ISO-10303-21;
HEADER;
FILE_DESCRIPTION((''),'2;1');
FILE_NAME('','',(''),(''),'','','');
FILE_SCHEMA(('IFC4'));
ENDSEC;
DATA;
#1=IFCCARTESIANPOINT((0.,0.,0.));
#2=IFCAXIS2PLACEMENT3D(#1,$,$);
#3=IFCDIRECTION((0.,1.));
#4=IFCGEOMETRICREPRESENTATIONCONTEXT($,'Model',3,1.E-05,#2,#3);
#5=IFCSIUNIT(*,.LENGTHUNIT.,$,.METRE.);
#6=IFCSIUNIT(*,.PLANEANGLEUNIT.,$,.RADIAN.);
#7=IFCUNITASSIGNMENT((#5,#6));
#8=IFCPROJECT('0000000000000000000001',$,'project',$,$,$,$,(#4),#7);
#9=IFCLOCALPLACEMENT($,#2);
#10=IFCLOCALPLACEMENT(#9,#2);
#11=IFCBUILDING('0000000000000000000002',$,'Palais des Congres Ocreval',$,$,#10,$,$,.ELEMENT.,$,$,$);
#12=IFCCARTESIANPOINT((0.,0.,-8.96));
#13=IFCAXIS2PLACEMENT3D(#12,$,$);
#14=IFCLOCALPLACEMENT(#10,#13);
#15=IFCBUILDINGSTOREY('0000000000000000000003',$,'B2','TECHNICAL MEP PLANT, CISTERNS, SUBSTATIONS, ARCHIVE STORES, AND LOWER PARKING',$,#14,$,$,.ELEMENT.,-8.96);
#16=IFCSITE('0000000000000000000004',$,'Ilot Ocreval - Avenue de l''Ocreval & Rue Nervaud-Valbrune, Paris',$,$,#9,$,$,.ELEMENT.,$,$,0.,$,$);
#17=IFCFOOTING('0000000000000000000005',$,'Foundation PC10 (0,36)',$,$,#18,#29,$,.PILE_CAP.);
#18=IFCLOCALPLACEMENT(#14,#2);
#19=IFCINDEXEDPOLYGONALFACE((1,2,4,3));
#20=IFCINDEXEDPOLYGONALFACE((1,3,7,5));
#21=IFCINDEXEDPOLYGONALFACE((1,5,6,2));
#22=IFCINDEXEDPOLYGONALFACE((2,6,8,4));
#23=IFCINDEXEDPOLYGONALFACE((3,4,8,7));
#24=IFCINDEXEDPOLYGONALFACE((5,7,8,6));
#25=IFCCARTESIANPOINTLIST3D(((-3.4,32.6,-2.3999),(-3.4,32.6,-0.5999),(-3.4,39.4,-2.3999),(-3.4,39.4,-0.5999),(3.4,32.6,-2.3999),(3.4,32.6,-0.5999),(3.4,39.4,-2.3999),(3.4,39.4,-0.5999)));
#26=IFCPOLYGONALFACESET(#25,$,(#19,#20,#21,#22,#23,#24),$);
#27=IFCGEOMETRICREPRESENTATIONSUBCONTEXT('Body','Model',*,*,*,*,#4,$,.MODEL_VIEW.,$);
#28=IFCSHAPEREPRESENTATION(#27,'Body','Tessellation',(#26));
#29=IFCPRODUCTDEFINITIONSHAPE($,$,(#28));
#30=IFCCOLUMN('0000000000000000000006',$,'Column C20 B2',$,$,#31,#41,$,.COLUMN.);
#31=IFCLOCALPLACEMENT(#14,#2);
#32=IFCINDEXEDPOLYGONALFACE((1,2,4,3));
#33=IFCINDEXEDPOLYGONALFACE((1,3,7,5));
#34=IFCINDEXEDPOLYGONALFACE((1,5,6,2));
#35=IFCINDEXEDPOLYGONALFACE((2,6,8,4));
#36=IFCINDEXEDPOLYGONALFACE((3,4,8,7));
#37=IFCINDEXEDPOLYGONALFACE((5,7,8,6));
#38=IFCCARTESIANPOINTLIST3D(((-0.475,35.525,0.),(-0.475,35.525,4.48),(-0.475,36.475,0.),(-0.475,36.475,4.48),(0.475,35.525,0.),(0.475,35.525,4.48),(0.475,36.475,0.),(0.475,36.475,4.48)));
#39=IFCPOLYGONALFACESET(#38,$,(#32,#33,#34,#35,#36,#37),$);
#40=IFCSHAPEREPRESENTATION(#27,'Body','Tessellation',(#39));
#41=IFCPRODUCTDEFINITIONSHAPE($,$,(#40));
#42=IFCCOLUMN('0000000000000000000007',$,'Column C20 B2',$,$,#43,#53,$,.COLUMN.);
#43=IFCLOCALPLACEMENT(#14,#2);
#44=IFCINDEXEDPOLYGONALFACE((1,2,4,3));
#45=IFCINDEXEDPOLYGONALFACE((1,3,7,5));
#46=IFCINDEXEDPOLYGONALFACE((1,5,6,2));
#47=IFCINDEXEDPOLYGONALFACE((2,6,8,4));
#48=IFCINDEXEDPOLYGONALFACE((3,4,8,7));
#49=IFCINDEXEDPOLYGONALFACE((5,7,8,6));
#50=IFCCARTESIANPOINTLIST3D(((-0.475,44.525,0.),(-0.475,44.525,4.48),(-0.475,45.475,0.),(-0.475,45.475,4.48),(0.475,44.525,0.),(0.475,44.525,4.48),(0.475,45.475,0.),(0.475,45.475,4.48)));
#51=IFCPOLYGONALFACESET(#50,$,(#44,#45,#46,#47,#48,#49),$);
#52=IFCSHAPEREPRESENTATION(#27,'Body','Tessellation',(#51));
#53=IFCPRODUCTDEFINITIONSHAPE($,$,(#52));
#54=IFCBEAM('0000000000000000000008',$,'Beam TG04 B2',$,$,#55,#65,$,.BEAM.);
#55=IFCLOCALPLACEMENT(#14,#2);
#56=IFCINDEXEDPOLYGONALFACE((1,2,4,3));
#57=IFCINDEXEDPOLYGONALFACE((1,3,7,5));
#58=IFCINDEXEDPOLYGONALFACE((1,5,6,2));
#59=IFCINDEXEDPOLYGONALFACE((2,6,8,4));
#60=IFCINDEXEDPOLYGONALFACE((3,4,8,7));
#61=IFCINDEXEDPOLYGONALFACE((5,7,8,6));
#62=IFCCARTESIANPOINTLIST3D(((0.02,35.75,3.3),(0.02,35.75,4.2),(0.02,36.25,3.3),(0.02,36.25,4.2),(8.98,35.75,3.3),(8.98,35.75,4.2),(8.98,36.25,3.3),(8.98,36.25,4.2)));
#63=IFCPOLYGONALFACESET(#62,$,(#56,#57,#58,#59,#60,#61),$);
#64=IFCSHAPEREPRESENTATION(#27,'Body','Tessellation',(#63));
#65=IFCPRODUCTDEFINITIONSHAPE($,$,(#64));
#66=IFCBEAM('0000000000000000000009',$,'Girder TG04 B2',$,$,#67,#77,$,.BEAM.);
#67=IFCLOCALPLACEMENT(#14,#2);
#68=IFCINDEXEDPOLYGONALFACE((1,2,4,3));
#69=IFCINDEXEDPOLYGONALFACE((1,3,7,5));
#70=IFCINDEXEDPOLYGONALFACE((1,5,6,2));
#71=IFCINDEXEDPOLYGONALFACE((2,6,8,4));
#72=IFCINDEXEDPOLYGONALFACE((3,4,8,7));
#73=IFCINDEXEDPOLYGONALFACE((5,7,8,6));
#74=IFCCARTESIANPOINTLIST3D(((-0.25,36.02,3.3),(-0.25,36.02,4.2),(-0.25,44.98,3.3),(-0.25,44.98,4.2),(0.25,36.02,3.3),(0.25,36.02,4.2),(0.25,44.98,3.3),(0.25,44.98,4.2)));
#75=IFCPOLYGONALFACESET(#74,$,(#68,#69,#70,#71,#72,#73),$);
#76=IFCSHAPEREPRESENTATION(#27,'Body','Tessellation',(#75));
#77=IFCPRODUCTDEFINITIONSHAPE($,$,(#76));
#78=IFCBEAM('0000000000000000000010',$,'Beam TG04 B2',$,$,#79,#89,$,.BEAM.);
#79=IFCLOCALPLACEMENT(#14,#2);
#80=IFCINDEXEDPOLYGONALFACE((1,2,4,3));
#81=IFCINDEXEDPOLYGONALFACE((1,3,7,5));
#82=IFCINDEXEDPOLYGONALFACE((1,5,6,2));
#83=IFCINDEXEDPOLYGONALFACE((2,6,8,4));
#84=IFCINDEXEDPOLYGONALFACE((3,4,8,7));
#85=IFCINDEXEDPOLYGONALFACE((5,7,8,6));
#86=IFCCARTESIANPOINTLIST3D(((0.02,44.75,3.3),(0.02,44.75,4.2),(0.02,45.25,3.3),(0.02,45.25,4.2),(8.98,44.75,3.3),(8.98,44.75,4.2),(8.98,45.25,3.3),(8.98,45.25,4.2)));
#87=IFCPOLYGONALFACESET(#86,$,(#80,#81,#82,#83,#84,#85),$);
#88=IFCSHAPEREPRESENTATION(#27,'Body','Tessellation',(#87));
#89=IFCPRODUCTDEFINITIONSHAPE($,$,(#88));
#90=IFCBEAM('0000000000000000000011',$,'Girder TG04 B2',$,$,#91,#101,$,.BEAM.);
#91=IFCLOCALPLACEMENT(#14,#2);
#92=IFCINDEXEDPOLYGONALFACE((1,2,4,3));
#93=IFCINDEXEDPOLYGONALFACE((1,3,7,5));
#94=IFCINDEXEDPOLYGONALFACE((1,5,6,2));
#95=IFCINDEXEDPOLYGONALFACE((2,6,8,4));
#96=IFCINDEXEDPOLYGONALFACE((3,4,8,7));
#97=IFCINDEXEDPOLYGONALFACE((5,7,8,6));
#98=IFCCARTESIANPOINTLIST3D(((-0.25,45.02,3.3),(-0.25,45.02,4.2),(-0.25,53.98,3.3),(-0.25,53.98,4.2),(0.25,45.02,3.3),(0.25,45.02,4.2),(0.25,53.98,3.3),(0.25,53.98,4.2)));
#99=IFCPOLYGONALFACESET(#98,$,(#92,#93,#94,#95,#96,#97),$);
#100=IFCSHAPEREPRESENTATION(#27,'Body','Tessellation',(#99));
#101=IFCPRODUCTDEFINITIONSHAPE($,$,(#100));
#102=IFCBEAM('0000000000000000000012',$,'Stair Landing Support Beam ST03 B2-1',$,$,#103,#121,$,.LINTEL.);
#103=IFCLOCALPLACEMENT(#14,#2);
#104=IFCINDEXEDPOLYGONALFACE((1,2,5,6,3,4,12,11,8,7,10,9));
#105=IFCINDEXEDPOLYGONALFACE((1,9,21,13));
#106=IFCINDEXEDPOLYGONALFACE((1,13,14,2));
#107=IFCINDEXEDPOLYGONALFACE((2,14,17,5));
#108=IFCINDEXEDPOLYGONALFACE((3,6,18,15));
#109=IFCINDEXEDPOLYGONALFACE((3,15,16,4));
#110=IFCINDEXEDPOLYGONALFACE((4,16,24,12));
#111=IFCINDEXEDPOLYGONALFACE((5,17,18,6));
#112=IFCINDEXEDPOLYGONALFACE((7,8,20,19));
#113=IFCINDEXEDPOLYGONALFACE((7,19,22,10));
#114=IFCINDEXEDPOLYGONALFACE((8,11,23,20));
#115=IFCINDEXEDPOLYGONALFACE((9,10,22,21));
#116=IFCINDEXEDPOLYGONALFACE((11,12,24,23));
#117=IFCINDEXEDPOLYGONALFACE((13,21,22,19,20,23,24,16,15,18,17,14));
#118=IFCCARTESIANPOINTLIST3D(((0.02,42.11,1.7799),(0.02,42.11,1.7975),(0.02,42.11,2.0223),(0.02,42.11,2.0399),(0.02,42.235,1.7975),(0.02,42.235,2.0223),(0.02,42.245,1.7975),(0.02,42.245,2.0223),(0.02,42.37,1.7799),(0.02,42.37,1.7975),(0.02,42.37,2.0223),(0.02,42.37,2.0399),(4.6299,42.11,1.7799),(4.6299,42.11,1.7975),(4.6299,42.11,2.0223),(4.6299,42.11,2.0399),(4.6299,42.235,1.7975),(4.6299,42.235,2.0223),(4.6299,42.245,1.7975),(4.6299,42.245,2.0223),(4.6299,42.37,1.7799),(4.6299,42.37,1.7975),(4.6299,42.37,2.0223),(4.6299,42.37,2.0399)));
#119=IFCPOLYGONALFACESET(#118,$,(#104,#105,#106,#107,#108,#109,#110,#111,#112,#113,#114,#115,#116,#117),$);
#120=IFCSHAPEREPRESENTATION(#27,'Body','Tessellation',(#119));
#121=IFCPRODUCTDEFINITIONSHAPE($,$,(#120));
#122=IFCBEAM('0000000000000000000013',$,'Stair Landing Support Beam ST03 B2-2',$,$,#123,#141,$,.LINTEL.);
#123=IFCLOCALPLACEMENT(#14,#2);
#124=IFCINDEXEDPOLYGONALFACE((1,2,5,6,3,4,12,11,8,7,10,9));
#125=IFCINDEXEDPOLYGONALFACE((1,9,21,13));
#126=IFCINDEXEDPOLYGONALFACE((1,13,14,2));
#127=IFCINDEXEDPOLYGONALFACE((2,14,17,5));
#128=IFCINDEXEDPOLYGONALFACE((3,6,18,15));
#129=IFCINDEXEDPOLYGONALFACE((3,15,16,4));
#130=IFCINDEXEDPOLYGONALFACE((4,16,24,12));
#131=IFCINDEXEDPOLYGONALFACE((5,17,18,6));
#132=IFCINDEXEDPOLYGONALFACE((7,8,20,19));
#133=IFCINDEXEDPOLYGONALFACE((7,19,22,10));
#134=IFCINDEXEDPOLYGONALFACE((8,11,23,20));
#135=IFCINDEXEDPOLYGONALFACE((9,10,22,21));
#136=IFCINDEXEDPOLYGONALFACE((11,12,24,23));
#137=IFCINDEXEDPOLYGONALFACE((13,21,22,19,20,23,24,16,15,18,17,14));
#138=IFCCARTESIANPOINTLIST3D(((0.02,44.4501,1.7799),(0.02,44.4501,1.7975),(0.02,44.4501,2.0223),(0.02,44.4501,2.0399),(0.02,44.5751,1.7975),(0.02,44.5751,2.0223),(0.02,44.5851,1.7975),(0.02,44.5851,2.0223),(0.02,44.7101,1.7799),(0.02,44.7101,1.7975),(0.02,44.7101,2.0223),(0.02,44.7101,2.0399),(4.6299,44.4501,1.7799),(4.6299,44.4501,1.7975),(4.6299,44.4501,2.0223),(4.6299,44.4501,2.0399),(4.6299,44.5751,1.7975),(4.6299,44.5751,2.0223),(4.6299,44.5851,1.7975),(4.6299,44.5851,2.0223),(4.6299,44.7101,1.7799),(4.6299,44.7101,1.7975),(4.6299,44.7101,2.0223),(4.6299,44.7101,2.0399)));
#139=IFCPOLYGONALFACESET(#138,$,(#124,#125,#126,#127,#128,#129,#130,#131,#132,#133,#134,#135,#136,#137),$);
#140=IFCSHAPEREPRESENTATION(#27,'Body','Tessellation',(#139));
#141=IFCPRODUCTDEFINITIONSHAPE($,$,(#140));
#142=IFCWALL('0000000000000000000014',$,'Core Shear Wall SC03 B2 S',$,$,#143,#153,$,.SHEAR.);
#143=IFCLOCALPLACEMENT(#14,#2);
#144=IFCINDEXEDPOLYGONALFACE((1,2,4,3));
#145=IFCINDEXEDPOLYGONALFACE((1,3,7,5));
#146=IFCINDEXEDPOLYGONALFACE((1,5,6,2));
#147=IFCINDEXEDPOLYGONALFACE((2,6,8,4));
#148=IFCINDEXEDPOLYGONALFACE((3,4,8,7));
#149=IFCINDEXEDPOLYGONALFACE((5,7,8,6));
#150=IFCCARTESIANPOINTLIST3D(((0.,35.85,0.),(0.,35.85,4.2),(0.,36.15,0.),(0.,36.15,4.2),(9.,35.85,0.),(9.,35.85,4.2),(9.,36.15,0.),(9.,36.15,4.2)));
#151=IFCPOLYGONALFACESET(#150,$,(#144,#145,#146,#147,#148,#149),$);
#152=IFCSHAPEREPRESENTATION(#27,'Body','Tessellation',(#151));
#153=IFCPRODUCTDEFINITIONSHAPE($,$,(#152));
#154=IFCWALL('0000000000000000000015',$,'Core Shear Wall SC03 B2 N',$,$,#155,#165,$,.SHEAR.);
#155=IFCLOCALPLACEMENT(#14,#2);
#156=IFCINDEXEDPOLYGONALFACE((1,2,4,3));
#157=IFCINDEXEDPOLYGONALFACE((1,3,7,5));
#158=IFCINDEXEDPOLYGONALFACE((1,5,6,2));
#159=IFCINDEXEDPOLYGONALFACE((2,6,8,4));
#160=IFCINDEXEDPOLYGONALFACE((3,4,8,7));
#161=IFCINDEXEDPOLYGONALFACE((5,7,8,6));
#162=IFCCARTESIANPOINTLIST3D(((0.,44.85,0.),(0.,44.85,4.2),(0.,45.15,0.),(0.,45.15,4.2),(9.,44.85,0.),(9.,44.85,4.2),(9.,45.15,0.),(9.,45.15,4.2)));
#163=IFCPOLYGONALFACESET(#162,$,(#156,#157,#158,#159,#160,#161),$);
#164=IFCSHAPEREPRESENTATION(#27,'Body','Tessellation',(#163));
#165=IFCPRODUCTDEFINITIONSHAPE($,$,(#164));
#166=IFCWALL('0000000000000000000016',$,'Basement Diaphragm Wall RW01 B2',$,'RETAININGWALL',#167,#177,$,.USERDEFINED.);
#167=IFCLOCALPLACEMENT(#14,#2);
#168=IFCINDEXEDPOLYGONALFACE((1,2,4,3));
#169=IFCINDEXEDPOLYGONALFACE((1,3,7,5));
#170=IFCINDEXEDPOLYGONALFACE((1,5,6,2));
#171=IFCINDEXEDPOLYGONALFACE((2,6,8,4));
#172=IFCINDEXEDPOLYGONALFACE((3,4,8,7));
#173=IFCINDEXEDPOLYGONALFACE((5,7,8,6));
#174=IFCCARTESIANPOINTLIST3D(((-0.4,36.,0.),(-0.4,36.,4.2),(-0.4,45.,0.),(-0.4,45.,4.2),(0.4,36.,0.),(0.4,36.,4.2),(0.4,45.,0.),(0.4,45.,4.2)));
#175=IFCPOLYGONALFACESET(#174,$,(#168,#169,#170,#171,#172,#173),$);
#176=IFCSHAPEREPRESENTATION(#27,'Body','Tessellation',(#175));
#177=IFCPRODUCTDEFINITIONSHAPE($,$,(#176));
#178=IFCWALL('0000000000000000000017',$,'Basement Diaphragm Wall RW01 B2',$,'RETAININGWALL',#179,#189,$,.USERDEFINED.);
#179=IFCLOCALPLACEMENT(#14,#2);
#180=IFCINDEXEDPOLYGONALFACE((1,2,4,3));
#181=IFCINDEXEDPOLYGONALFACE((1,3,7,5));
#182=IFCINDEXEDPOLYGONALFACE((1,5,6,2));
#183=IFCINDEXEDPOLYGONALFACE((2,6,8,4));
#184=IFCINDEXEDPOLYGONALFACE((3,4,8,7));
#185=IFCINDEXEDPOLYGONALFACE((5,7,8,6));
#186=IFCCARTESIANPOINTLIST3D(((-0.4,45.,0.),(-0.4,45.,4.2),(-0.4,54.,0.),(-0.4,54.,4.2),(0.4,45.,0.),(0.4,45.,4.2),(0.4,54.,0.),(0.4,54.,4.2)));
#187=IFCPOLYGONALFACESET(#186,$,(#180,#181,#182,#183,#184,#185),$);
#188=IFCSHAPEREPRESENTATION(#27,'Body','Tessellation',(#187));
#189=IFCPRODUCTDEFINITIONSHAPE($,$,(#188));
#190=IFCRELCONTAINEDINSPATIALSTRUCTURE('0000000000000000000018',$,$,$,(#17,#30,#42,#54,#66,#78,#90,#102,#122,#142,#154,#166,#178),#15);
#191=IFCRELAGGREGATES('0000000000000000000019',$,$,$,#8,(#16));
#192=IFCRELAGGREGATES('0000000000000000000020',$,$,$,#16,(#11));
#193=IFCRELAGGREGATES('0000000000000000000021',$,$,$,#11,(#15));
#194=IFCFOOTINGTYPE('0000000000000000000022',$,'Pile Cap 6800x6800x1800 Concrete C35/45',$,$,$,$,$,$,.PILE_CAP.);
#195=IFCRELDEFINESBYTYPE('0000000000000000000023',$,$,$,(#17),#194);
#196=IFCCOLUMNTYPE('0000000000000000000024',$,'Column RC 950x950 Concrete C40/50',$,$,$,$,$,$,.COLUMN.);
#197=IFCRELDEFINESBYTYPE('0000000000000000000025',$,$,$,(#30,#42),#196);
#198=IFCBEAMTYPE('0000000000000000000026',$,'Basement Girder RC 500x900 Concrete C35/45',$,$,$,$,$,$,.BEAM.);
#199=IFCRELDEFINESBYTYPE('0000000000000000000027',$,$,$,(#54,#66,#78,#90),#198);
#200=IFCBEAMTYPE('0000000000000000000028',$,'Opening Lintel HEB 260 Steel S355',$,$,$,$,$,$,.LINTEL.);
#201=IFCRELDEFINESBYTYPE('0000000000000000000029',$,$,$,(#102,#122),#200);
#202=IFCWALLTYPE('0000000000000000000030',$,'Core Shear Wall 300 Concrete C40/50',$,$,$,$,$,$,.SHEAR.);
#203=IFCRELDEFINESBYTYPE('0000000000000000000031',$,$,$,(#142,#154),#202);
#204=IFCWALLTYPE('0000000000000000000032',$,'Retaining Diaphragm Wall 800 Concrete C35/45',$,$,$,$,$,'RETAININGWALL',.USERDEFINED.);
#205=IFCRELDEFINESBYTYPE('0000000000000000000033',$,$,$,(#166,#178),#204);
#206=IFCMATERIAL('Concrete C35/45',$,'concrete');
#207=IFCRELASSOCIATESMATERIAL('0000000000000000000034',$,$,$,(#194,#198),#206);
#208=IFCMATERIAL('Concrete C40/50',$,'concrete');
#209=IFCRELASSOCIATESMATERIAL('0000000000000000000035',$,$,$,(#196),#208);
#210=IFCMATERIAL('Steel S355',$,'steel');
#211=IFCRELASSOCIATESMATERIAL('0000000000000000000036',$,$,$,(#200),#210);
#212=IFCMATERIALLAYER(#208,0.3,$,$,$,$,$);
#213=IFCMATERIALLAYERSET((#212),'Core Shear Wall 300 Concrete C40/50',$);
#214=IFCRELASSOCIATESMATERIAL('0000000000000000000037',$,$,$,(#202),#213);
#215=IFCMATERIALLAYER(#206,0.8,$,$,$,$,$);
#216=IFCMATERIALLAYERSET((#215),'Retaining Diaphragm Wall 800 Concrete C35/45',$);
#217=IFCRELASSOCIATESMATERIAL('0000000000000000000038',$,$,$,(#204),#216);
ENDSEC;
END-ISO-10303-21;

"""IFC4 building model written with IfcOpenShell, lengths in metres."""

from ifc_helpers import new_model, si_unit, direction, frame, frame_2d, origin, origin_2d, place, context, subcontext, project, spatial, rectangle, i_section, extrude, material, layer, layer_set, material_profile, profile_set, type_object, element, save


model = new_model("IFC4")

# Units and contexts
model_context = context("Model", 3, precision=1e-05, world=origin(), true_north=direction((0.0, 1.0)))
body_context = subcontext(model_context, "Body", "Model", "MODEL_VIEW")
ifc_project = project(units=[si_unit("LENGTHUNIT", "METRE"), si_unit("PLANEANGLEUNIT", "RADIAN")], contexts=[model_context])

# Site, building, storey
site_placement = place(None, origin())
site = spatial("IfcSite", under=ifc_project, at=site_placement, Name="Ilot Ocreval - Avenue de l'Ocreval & Rue Nervaud-Valbrune, Paris", CompositionType="ELEMENT", RefElevation=0.0)
building_placement = place(site_placement, origin())
building = spatial("IfcBuilding", under=site, at=building_placement, Name="Palais des Congres Ocreval", CompositionType="ELEMENT")
storey_placement = place(building_placement, frame((0.0, 0.0, -8.96)))
storey = spatial("IfcBuildingStorey", under=building, at=storey_placement, Name="B2", Description="TECHNICAL MEP PLANT, CISTERNS, SUBSTATIONS, ARCHIVE STORES, AND LOWER PARKING", CompositionType="ELEMENT", Elevation=-8.96)

# Shared definitions
ifc_material_1 = material(Name="Concrete C35/45", Category="concrete")

# Footing
footing_type_1 = type_object("IfcFootingType", Name="Pile Cap 6800x6800x1800 Concrete C35/45", PredefinedType="PILE_CAP", material=ifc_material_1)
footing_1_placement = place(storey_placement, frame((0.0, 36.0, -2.3999), z_axis=(0.0, 0.0, 1.0), x_axis=(1.0, 0.0, 0.0)))
element("IfcFooting", 1, at=footing_1_placement, inside=storey, type_object=footing_type_1, Name="Foundation PC10 (0,36)", PredefinedType="PILE_CAP", context=body_context, shape_type="SweptSolid", body=[
    extrude(rectangle(XDim=6.8, YDim=6.8, at=origin_2d()), origin(), (0.0, 0.0, 1.0), 1.8),
])

# Columns
ifc_material_2 = material(Name="Concrete C40/50", Category="concrete")
ifc_material_profile_1 = material_profile(ifc_material_2, rectangle(XDim=0.95, YDim=0.95, at=origin_2d()), Name="RC 950x950")
ifc_profile_set_1 = profile_set([ifc_material_profile_1], Name="Concrete C40/50")
column_type = type_object("IfcColumnType", Name="Column RC 950x950 Concrete C40/50", PredefinedType="COLUMN", material=ifc_profile_set_1)
for number, where, z_axis, x_axis, name in (
    (2, (0.0, 36.0, 0.0), (0.0, 0.0, 1.0), (1.0, 0.0, 0.0), "Column C20 B2"),
    (3, (0.0, 45.0, 0.0), (0.0, 0.0, 1.0), (1.0, 0.0, 0.0), "Column C20 B2"),
):
    element("IfcColumn", number, at=place(storey_placement, frame(where, z_axis=z_axis, x_axis=x_axis)), inside=storey, type_object=column_type, Name=name, PredefinedType="COLUMN", context=body_context, shape_type="SweptSolid", body=[
        extrude(rectangle(XDim=0.95, YDim=0.95, at=origin_2d()), origin(), (0.0, 0.0, 1.0), 4.48),
    ])

# Beams
ifc_material_profile_2 = material_profile(ifc_material_1, rectangle(XDim=0.5, YDim=0.8999, at=origin_2d()), Name="RC 500x900")
ifc_profile_set_2 = profile_set([ifc_material_profile_2], Name="Concrete C35/45")
beam_type_1 = type_object("IfcBeamType", Name="Basement Girder RC 500x900 Concrete C35/45", PredefinedType="BEAM", material=ifc_profile_set_2)
for number, where, z_axis, x_axis, name in (
    (4, (0.02, 36.0, 3.75), (1.0, 0.0, 0.0), (0.0, 1.0, 0.0), "Beam TG04 B2"),
    (5, (0.0, 36.02, 3.75), (0.0, 1.0, 0.0), (-1.0, 0.0, 0.0), "Girder TG04 B2"),
    (6, (0.02, 45.0, 3.75), (1.0, 0.0, 0.0), (0.0, 1.0, 0.0), "Beam TG04 B2"),
    (7, (0.0, 45.02, 3.75), (0.0, 1.0, 0.0), (-1.0, 0.0, 0.0), "Girder TG04 B2"),
):
    element("IfcBeam", number, at=place(storey_placement, frame(where, z_axis=z_axis, x_axis=x_axis)), inside=storey, type_object=beam_type_1, Name=name, PredefinedType="BEAM", context=body_context, shape_type="SweptSolid", body=[
        extrude(rectangle(XDim=0.5, YDim=0.8999, at=origin_2d()), origin(), (0.0, 0.0, 1.0), 8.96),
    ])
ifc_material_3 = material(Name="Steel S355", Category="steel")
ifc_material_profile_3 = material_profile(ifc_material_3, i_section(OverallWidth=0.26, OverallDepth=0.26, WebThickness=0.01, FlangeThickness=0.0176, at=origin_2d()), Name="HEB 260")
ifc_profile_set_3 = profile_set([ifc_material_profile_3], Name="Steel S355")
beam_type_2 = type_object("IfcBeamType", Name="Opening Lintel HEB 260 Steel S355", PredefinedType="LINTEL", material=ifc_profile_set_3)
for number, where, z_axis, x_axis, name in (
    (8, (0.02, 42.24, 1.9099), (1.0, 0.0, 0.0), (0.0, 1.0, 0.0), "Stair Landing Support Beam ST03 B2-1"),
    (9, (0.02, 44.5801, 1.9099), (1.0, 0.0, 0.0), (0.0, 1.0, 0.0), "Stair Landing Support Beam ST03 B2-2"),
):
    element("IfcBeam", number, at=place(storey_placement, frame(where, z_axis=z_axis, x_axis=x_axis)), inside=storey, type_object=beam_type_2, Name=name, PredefinedType="LINTEL", context=body_context, shape_type="SweptSolid", body=[
        extrude(i_section(OverallWidth=0.26, OverallDepth=0.26, WebThickness=0.01, FlangeThickness=0.0176, at=origin_2d()), origin(), (0.0, 0.0, 1.0), 4.6099),
    ])

# Walls
ifc_layer_1 = layer(ifc_material_2, 0.3)
ifc_layer_set_1 = layer_set([ifc_layer_1], Name="Core Shear Wall 300 Concrete C40/50")
wall_type_1 = type_object("IfcWallType", Name="Core Shear Wall 300 Concrete C40/50", PredefinedType="SHEAR", material=ifc_layer_set_1)
for number, where, z_axis, x_axis, name in (
    (10, (0.0, 36.0, 0.0), (0.0, 0.0, 1.0), (1.0, 0.0, 0.0), "Core Shear Wall SC03 B2 S"),
    (11, (0.0, 45.0, 0.0), (0.0, 0.0, 1.0), (1.0, 0.0, 0.0), "Core Shear Wall SC03 B2 N"),
):
    element("IfcWall", number, at=place(storey_placement, frame(where, z_axis=z_axis, x_axis=x_axis)), inside=storey, type_object=wall_type_1, Name=name, PredefinedType="SHEAR", context=body_context, shape_type="SweptSolid", body=[
        extrude(rectangle(XDim=9.0, YDim=0.3, at=frame_2d((4.5, 0.0))), origin(), (0.0, 0.0, 1.0), 4.2),
    ])
ifc_layer_2 = layer(ifc_material_1, 0.8)
ifc_layer_set_2 = layer_set([ifc_layer_2], Name="Retaining Diaphragm Wall 800 Concrete C35/45")
wall_type_2 = type_object("IfcWallType", Name="Retaining Diaphragm Wall 800 Concrete C35/45", ElementType="RETAININGWALL", PredefinedType="USERDEFINED", material=ifc_layer_set_2)
for number, where, z_axis, x_axis, name in (
    (12, (0.0, 36.0, 0.0), (0.0, 0.0, 1.0), (0.0, 1.0, 0.0), "Basement Diaphragm Wall RW01 B2"),
    (13, (0.0, 45.0, 0.0), (0.0, 0.0, 1.0), (0.0, 1.0, 0.0), "Basement Diaphragm Wall RW01 B2"),
):
    element("IfcWall", number, at=place(storey_placement, frame(where, z_axis=z_axis, x_axis=x_axis)), inside=storey, type_object=wall_type_2, Name=name, ObjectType="RETAININGWALL", PredefinedType="USERDEFINED", context=body_context, shape_type="SweptSolid", body=[
        extrude(rectangle(XDim=9.0, YDim=0.8, at=frame_2d((4.5, 0.0))), origin(), (0.0, 0.0, 1.0), 4.2),
    ])

save(model, "model.ifc")
